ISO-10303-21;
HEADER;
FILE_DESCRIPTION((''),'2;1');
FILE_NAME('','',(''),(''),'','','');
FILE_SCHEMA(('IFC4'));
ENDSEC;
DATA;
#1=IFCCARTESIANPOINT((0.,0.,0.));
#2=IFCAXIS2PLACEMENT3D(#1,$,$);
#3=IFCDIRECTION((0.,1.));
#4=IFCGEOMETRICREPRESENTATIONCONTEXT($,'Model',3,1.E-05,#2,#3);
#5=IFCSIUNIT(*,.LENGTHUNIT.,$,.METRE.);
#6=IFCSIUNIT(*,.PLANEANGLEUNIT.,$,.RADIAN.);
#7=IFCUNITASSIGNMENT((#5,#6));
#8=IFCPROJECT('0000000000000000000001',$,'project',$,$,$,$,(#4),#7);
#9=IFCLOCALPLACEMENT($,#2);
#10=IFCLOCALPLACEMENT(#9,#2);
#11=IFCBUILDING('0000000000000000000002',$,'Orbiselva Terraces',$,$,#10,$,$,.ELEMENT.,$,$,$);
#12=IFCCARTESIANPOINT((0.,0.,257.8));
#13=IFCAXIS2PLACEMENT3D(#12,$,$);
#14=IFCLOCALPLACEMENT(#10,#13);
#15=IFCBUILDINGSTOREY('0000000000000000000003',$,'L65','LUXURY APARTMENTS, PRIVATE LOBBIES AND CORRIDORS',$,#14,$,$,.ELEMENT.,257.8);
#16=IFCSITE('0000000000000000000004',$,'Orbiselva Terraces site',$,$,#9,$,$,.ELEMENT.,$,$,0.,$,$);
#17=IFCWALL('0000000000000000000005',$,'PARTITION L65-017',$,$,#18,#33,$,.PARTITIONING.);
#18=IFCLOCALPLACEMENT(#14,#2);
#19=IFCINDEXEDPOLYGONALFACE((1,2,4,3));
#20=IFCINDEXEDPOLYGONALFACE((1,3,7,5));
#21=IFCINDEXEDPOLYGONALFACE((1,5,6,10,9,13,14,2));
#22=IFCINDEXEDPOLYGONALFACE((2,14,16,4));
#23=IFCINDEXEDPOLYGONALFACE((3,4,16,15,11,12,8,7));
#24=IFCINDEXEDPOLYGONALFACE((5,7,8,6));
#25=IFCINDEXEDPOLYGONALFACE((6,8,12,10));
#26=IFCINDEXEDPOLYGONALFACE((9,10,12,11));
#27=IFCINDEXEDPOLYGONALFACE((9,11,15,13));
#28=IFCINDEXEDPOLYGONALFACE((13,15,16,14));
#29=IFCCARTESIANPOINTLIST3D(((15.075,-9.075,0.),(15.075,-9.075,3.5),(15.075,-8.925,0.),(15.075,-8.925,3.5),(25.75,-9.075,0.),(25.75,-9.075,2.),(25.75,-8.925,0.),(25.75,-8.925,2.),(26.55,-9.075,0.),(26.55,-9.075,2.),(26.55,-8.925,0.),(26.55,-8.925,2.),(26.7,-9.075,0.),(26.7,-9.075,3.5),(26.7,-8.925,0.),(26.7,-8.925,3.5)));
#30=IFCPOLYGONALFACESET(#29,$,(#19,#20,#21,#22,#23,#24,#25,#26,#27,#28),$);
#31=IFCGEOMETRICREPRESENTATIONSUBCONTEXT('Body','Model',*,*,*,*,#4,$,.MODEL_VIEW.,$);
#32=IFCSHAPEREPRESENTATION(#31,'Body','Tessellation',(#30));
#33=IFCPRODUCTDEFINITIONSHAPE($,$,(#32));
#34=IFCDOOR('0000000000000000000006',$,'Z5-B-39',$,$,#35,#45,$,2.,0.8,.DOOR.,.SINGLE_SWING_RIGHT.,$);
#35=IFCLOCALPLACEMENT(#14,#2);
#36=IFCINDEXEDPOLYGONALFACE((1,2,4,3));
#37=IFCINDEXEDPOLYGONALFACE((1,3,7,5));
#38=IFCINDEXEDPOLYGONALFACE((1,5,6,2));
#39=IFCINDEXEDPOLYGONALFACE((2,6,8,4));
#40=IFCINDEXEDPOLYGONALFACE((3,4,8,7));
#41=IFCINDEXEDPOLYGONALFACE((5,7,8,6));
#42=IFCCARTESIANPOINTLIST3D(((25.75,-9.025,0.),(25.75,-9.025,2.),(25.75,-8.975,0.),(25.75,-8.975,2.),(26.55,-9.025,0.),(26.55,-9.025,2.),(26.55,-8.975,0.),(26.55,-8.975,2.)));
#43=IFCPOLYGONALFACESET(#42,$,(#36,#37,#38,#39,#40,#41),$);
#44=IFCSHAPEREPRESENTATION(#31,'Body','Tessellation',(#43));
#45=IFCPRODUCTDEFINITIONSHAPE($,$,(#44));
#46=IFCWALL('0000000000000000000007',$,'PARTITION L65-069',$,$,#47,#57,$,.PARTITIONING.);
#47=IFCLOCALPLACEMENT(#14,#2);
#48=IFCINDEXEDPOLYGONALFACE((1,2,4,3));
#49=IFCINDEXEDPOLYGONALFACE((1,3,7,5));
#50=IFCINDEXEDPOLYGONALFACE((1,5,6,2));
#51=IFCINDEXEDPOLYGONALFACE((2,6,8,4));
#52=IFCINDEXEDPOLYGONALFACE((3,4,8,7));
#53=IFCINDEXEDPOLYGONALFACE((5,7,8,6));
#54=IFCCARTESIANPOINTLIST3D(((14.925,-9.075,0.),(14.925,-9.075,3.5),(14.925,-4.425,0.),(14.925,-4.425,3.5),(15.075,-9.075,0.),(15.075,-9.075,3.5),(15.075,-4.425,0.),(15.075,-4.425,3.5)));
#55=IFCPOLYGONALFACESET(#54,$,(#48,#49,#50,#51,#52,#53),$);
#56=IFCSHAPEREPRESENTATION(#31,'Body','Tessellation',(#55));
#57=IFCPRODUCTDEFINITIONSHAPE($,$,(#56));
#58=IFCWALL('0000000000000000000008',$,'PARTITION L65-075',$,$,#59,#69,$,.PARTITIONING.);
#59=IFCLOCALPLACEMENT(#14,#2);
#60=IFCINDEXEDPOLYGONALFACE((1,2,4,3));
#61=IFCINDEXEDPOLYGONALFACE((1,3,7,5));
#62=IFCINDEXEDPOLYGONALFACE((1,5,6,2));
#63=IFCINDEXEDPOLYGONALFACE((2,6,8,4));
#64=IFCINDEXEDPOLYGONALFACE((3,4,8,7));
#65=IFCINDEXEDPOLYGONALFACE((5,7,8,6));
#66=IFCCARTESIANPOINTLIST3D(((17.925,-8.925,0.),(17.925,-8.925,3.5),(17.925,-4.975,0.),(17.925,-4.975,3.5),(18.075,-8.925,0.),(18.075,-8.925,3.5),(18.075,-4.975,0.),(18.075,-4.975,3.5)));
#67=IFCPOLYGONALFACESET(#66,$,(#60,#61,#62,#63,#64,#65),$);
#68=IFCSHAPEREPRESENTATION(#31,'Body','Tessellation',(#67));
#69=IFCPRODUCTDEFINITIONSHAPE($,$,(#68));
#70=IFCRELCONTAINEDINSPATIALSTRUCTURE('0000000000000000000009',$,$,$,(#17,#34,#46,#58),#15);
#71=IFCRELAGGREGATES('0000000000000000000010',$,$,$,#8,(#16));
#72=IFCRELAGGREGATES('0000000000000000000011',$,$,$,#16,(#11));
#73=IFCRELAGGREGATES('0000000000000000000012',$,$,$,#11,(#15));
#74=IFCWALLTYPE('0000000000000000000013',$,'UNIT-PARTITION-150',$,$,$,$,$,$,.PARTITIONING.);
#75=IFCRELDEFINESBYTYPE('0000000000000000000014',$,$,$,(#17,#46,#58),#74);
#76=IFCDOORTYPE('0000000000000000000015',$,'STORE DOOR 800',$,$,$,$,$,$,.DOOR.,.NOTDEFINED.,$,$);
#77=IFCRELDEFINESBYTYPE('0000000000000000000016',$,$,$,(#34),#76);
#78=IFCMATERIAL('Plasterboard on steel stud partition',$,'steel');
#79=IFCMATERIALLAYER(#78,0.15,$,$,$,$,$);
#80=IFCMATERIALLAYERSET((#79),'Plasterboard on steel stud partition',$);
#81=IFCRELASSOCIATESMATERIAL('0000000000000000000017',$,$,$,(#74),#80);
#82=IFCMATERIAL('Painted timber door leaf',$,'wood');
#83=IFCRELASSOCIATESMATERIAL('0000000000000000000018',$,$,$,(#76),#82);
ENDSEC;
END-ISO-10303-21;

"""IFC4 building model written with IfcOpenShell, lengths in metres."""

from ifc_helpers import new_model, si_unit, direction, frame, frame_2d, origin, place, context, subcontext, project, spatial, rectangle, extrude, material, layer, layer_set, type_object, element, fill, save


model = new_model("IFC4")

# Units and contexts
model_context = context("Model", 3, precision=1e-05, world=origin(), true_north=direction((0.0, 1.0)))
body_context = subcontext(model_context, "Body", "Model", "MODEL_VIEW")
ifc_project = project(units=[si_unit("LENGTHUNIT", "METRE"), si_unit("PLANEANGLEUNIT", "RADIAN")], contexts=[model_context])

# Site, building, storey
site_placement = place(None, origin())
site = spatial("IfcSite", under=ifc_project, at=site_placement, Name="Orbiselva Terraces site", CompositionType="ELEMENT", RefElevation=0.0)
building_placement = place(site_placement, origin())
building = spatial("IfcBuilding", under=site, at=building_placement, Name="Orbiselva Terraces", CompositionType="ELEMENT")
storey_placement = place(building_placement, frame((0.0, 0.0, 257.8)))
storey = spatial("IfcBuildingStorey", under=building, at=storey_placement, Name="L65", Description="LUXURY APARTMENTS, PRIVATE LOBBIES AND CORRIDORS", CompositionType="ELEMENT", Elevation=257.8)

# Shared definitions
ifc_material_1 = material(Name="Plasterboard on steel stud partition", Category="steel")
ifc_layer_1 = layer(ifc_material_1, 0.15)
ifc_layer_set_1 = layer_set([ifc_layer_1], Name="Plasterboard on steel stud partition")
wall_type_1 = type_object("IfcWallType", Name="UNIT-PARTITION-150", PredefinedType="PARTITIONING", material=ifc_layer_set_1)
ifc_material_2 = material(Name="Painted timber door leaf", Category="wood")

# Wall, opening, door
wall_1_placement = place(storey_placement, frame((15.075, -9.0, 0.0), z_axis=(0.0, 0.0, 1.0), x_axis=(1.0, 0.0, 0.0)))
wall_1 = element("IfcWall", 1, at=wall_1_placement, inside=storey, type_object=wall_type_1, Name="PARTITION L65-017", PredefinedType="PARTITIONING", context=body_context, shape_type="SweptSolid", body=[
    extrude(rectangle(XDim=11.625, YDim=0.15, at=frame_2d((5.8125, 0.0))), origin(), (0.0, 0.0, 1.0), 3.5),
])
opening_1_placement = place(wall_1_placement, frame((10.675, 0.0, 0.0)))
opening_1 = element("IfcOpeningElement", 2, at=opening_1_placement, cuts=wall_1, PredefinedType="OPENING", context=body_context, shape_type="SweptSolid", body=[
    extrude(rectangle(XDim=0.8, YDim=2.0, at=frame_2d((0.4, 1.0))), frame((0.0, 0.085, 0.0), z_axis=(0.0, -1.0, 0.0), x_axis=(1.0, 0.0, 0.0)), (0.0, 0.0, 1.0), 0.17),
])
door_type_1 = type_object("IfcDoorType", Name="STORE DOOR 800", OperationType="NOTDEFINED", PredefinedType="DOOR", material=ifc_material_2)
door_1_placement = place(opening_1_placement, origin())
door_1 = element("IfcDoor", 3, at=door_1_placement, inside=storey, type_object=door_type_1, Name="Z5-B-39", OperationType="SINGLE_SWING_RIGHT", OverallHeight=2.0, OverallWidth=0.8, PredefinedType="DOOR", context=body_context, shape_type="SweptSolid", body=[
    extrude(rectangle(XDim=0.8, YDim=2.0, at=frame_2d((0.4, 1.0))), frame((0.0, 0.025, 0.0), z_axis=(0.0, -1.0, 0.0), x_axis=(1.0, 0.0, 0.0)), (0.0, 0.0, 1.0), 0.05),
])
fill(opening_1, door_1)

# Walls
wall_2_placement = place(storey_placement, frame((15.0, -9.075, 0.0), z_axis=(0.0, 0.0, 1.0), x_axis=(0.0, 1.0, 0.0)))
element("IfcWall", 4, at=wall_2_placement, inside=storey, type_object=wall_type_1, Name="PARTITION L65-069", PredefinedType="PARTITIONING", context=body_context, shape_type="SweptSolid", body=[
    extrude(rectangle(XDim=4.65, YDim=0.15, at=frame_2d((2.325, 0.0))), origin(), (0.0, 0.0, 1.0), 3.5),
])
wall_3_placement = place(storey_placement, frame((18.0, -8.925, 0.0), z_axis=(0.0, 0.0, 1.0), x_axis=(0.0, 1.0, 0.0)))
element("IfcWall", 5, at=wall_3_placement, inside=storey, type_object=wall_type_1, Name="PARTITION L65-075", PredefinedType="PARTITIONING", context=body_context, shape_type="SweptSolid", body=[
    extrude(rectangle(XDim=3.95, YDim=0.15, at=frame_2d((1.975, 0.0))), origin(), (0.0, 0.0, 1.0), 3.5),
])

save(model, "model.ifc")
